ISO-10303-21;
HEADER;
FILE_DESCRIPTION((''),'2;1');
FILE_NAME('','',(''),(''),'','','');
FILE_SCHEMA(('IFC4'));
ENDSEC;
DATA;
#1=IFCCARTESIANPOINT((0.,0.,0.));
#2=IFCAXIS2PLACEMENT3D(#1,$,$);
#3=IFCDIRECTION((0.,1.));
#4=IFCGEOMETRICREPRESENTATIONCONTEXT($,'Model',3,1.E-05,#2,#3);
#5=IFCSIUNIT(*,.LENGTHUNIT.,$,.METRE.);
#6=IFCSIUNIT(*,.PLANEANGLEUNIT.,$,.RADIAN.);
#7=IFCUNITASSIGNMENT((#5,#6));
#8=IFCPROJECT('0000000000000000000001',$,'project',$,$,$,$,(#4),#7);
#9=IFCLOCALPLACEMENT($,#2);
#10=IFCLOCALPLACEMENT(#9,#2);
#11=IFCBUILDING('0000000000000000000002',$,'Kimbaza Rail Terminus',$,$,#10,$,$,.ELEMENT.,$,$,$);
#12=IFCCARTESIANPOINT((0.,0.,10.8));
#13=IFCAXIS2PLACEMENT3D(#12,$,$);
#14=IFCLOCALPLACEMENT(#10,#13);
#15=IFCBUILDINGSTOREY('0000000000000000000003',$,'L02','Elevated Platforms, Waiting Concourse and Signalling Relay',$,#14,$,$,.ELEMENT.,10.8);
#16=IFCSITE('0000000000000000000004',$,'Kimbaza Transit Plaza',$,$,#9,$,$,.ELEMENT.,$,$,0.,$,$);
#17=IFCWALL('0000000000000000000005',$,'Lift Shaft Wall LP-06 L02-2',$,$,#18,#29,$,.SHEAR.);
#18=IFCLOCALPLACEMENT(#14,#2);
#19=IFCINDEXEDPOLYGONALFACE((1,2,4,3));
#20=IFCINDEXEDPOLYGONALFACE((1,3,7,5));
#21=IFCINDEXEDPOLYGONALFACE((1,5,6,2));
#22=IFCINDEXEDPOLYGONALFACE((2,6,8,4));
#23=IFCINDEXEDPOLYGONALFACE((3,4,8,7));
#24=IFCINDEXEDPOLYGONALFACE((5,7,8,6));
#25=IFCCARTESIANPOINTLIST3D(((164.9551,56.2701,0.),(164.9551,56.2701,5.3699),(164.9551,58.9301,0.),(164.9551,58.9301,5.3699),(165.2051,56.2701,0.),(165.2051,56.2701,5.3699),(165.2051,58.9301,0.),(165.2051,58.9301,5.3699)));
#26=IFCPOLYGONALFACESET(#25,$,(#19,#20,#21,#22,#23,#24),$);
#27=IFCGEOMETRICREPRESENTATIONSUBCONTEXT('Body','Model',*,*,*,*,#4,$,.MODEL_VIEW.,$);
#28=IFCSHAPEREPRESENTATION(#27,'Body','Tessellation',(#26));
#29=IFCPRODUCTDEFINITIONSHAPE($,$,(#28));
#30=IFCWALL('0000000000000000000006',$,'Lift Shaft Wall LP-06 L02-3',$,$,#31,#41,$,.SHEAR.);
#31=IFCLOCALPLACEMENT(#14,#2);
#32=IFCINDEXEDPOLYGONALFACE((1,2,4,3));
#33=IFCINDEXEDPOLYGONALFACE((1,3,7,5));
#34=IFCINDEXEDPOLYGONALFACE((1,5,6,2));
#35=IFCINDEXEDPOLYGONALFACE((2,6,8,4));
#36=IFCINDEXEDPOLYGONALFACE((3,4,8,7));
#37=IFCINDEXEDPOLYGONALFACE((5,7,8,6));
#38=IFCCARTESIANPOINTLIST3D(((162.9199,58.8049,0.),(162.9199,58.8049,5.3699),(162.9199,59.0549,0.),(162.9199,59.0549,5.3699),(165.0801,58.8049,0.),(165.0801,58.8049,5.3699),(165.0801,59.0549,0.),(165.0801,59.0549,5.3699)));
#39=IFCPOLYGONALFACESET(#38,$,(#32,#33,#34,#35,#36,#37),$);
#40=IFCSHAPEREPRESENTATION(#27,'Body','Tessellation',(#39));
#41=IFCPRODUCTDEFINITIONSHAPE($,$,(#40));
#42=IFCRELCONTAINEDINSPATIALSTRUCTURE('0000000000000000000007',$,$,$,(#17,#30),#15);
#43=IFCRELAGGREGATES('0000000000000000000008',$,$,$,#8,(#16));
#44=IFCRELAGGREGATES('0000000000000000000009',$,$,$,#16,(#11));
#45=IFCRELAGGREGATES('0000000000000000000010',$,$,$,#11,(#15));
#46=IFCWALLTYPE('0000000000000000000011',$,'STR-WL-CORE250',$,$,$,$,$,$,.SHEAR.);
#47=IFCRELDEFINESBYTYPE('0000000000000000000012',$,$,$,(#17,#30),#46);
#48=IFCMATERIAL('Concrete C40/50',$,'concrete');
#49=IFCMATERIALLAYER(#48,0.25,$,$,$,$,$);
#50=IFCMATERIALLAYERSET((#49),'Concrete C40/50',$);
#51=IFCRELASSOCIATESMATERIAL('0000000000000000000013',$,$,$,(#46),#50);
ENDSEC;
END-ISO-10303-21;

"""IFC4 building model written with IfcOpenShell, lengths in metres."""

from ifc_helpers import new_model, si_unit, direction, frame, frame_2d, origin, place, context, subcontext, project, spatial, rectangle, extrude, material, layer, layer_set, type_object, element, save


model = new_model("IFC4")

# Units and contexts
model_context = context("Model", 3, precision=1e-05, world=origin(), true_north=direction((0.0, 1.0)))
body_context = subcontext(model_context, "Body", "Model", "MODEL_VIEW")
ifc_project = project(units=[si_unit("LENGTHUNIT", "METRE"), si_unit("PLANEANGLEUNIT", "RADIAN")], contexts=[model_context])

# Site, building, storey
site_placement = place(None, origin())
site = spatial("IfcSite", under=ifc_project, at=site_placement, Name="Kimbaza Transit Plaza", CompositionType="ELEMENT", RefElevation=0.0)
building_placement = place(site_placement, origin())
building = spatial("IfcBuilding", under=site, at=building_placement, Name="Kimbaza Rail Terminus", CompositionType="ELEMENT")
storey_placement = place(building_placement, frame((0.0, 0.0, 10.8)))
storey = spatial("IfcBuildingStorey", under=building, at=storey_placement, Name="L02", Description="Elevated Platforms, Waiting Concourse and Signalling Relay", CompositionType="ELEMENT", Elevation=10.8)

# Walls
ifc_material_1 = material(Name="Concrete C40/50", Category="concrete")
ifc_layer_1 = layer(ifc_material_1, 0.25)
ifc_layer_set_1 = layer_set([ifc_layer_1], Name="Concrete C40/50")
wall_type = type_object("IfcWallType", Name="STR-WL-CORE250", PredefinedType="SHEAR", material=ifc_layer_set_1)
wall_1_placement = place(storey_placement, frame((165.0801, 56.27, 0.0), z_axis=(0.0, 0.0, 1.0), x_axis=(0.0, 1.0, 0.0)))
element("IfcWall", 1, at=wall_1_placement, inside=storey, type_object=wall_type, Name="Lift Shaft Wall LP-06 L02-2", PredefinedType="SHEAR", context=body_context, shape_type="SweptSolid", body=[
    extrude(rectangle(XDim=2.6599, YDim=0.25, at=frame_2d((1.3301, 0.0))), origin(), (0.0, 0.0, 1.0), 5.3699),
])
wall_2_placement = place(storey_placement, frame((165.0801, 58.9299, 0.0), z_axis=(0.0, 0.0, 1.0), x_axis=(-1.0, 0.0, 0.0)))
element("IfcWall", 2, at=wall_2_placement, inside=storey, type_object=wall_type, Name="Lift Shaft Wall LP-06 L02-3", PredefinedType="SHEAR", context=body_context, shape_type="SweptSolid", body=[
    extrude(rectangle(XDim=2.1602, YDim=0.25, at=frame_2d((1.0801, 0.0))), origin(), (0.0, 0.0, 1.0), 5.3699),
])

save(model, "model.ifc")
